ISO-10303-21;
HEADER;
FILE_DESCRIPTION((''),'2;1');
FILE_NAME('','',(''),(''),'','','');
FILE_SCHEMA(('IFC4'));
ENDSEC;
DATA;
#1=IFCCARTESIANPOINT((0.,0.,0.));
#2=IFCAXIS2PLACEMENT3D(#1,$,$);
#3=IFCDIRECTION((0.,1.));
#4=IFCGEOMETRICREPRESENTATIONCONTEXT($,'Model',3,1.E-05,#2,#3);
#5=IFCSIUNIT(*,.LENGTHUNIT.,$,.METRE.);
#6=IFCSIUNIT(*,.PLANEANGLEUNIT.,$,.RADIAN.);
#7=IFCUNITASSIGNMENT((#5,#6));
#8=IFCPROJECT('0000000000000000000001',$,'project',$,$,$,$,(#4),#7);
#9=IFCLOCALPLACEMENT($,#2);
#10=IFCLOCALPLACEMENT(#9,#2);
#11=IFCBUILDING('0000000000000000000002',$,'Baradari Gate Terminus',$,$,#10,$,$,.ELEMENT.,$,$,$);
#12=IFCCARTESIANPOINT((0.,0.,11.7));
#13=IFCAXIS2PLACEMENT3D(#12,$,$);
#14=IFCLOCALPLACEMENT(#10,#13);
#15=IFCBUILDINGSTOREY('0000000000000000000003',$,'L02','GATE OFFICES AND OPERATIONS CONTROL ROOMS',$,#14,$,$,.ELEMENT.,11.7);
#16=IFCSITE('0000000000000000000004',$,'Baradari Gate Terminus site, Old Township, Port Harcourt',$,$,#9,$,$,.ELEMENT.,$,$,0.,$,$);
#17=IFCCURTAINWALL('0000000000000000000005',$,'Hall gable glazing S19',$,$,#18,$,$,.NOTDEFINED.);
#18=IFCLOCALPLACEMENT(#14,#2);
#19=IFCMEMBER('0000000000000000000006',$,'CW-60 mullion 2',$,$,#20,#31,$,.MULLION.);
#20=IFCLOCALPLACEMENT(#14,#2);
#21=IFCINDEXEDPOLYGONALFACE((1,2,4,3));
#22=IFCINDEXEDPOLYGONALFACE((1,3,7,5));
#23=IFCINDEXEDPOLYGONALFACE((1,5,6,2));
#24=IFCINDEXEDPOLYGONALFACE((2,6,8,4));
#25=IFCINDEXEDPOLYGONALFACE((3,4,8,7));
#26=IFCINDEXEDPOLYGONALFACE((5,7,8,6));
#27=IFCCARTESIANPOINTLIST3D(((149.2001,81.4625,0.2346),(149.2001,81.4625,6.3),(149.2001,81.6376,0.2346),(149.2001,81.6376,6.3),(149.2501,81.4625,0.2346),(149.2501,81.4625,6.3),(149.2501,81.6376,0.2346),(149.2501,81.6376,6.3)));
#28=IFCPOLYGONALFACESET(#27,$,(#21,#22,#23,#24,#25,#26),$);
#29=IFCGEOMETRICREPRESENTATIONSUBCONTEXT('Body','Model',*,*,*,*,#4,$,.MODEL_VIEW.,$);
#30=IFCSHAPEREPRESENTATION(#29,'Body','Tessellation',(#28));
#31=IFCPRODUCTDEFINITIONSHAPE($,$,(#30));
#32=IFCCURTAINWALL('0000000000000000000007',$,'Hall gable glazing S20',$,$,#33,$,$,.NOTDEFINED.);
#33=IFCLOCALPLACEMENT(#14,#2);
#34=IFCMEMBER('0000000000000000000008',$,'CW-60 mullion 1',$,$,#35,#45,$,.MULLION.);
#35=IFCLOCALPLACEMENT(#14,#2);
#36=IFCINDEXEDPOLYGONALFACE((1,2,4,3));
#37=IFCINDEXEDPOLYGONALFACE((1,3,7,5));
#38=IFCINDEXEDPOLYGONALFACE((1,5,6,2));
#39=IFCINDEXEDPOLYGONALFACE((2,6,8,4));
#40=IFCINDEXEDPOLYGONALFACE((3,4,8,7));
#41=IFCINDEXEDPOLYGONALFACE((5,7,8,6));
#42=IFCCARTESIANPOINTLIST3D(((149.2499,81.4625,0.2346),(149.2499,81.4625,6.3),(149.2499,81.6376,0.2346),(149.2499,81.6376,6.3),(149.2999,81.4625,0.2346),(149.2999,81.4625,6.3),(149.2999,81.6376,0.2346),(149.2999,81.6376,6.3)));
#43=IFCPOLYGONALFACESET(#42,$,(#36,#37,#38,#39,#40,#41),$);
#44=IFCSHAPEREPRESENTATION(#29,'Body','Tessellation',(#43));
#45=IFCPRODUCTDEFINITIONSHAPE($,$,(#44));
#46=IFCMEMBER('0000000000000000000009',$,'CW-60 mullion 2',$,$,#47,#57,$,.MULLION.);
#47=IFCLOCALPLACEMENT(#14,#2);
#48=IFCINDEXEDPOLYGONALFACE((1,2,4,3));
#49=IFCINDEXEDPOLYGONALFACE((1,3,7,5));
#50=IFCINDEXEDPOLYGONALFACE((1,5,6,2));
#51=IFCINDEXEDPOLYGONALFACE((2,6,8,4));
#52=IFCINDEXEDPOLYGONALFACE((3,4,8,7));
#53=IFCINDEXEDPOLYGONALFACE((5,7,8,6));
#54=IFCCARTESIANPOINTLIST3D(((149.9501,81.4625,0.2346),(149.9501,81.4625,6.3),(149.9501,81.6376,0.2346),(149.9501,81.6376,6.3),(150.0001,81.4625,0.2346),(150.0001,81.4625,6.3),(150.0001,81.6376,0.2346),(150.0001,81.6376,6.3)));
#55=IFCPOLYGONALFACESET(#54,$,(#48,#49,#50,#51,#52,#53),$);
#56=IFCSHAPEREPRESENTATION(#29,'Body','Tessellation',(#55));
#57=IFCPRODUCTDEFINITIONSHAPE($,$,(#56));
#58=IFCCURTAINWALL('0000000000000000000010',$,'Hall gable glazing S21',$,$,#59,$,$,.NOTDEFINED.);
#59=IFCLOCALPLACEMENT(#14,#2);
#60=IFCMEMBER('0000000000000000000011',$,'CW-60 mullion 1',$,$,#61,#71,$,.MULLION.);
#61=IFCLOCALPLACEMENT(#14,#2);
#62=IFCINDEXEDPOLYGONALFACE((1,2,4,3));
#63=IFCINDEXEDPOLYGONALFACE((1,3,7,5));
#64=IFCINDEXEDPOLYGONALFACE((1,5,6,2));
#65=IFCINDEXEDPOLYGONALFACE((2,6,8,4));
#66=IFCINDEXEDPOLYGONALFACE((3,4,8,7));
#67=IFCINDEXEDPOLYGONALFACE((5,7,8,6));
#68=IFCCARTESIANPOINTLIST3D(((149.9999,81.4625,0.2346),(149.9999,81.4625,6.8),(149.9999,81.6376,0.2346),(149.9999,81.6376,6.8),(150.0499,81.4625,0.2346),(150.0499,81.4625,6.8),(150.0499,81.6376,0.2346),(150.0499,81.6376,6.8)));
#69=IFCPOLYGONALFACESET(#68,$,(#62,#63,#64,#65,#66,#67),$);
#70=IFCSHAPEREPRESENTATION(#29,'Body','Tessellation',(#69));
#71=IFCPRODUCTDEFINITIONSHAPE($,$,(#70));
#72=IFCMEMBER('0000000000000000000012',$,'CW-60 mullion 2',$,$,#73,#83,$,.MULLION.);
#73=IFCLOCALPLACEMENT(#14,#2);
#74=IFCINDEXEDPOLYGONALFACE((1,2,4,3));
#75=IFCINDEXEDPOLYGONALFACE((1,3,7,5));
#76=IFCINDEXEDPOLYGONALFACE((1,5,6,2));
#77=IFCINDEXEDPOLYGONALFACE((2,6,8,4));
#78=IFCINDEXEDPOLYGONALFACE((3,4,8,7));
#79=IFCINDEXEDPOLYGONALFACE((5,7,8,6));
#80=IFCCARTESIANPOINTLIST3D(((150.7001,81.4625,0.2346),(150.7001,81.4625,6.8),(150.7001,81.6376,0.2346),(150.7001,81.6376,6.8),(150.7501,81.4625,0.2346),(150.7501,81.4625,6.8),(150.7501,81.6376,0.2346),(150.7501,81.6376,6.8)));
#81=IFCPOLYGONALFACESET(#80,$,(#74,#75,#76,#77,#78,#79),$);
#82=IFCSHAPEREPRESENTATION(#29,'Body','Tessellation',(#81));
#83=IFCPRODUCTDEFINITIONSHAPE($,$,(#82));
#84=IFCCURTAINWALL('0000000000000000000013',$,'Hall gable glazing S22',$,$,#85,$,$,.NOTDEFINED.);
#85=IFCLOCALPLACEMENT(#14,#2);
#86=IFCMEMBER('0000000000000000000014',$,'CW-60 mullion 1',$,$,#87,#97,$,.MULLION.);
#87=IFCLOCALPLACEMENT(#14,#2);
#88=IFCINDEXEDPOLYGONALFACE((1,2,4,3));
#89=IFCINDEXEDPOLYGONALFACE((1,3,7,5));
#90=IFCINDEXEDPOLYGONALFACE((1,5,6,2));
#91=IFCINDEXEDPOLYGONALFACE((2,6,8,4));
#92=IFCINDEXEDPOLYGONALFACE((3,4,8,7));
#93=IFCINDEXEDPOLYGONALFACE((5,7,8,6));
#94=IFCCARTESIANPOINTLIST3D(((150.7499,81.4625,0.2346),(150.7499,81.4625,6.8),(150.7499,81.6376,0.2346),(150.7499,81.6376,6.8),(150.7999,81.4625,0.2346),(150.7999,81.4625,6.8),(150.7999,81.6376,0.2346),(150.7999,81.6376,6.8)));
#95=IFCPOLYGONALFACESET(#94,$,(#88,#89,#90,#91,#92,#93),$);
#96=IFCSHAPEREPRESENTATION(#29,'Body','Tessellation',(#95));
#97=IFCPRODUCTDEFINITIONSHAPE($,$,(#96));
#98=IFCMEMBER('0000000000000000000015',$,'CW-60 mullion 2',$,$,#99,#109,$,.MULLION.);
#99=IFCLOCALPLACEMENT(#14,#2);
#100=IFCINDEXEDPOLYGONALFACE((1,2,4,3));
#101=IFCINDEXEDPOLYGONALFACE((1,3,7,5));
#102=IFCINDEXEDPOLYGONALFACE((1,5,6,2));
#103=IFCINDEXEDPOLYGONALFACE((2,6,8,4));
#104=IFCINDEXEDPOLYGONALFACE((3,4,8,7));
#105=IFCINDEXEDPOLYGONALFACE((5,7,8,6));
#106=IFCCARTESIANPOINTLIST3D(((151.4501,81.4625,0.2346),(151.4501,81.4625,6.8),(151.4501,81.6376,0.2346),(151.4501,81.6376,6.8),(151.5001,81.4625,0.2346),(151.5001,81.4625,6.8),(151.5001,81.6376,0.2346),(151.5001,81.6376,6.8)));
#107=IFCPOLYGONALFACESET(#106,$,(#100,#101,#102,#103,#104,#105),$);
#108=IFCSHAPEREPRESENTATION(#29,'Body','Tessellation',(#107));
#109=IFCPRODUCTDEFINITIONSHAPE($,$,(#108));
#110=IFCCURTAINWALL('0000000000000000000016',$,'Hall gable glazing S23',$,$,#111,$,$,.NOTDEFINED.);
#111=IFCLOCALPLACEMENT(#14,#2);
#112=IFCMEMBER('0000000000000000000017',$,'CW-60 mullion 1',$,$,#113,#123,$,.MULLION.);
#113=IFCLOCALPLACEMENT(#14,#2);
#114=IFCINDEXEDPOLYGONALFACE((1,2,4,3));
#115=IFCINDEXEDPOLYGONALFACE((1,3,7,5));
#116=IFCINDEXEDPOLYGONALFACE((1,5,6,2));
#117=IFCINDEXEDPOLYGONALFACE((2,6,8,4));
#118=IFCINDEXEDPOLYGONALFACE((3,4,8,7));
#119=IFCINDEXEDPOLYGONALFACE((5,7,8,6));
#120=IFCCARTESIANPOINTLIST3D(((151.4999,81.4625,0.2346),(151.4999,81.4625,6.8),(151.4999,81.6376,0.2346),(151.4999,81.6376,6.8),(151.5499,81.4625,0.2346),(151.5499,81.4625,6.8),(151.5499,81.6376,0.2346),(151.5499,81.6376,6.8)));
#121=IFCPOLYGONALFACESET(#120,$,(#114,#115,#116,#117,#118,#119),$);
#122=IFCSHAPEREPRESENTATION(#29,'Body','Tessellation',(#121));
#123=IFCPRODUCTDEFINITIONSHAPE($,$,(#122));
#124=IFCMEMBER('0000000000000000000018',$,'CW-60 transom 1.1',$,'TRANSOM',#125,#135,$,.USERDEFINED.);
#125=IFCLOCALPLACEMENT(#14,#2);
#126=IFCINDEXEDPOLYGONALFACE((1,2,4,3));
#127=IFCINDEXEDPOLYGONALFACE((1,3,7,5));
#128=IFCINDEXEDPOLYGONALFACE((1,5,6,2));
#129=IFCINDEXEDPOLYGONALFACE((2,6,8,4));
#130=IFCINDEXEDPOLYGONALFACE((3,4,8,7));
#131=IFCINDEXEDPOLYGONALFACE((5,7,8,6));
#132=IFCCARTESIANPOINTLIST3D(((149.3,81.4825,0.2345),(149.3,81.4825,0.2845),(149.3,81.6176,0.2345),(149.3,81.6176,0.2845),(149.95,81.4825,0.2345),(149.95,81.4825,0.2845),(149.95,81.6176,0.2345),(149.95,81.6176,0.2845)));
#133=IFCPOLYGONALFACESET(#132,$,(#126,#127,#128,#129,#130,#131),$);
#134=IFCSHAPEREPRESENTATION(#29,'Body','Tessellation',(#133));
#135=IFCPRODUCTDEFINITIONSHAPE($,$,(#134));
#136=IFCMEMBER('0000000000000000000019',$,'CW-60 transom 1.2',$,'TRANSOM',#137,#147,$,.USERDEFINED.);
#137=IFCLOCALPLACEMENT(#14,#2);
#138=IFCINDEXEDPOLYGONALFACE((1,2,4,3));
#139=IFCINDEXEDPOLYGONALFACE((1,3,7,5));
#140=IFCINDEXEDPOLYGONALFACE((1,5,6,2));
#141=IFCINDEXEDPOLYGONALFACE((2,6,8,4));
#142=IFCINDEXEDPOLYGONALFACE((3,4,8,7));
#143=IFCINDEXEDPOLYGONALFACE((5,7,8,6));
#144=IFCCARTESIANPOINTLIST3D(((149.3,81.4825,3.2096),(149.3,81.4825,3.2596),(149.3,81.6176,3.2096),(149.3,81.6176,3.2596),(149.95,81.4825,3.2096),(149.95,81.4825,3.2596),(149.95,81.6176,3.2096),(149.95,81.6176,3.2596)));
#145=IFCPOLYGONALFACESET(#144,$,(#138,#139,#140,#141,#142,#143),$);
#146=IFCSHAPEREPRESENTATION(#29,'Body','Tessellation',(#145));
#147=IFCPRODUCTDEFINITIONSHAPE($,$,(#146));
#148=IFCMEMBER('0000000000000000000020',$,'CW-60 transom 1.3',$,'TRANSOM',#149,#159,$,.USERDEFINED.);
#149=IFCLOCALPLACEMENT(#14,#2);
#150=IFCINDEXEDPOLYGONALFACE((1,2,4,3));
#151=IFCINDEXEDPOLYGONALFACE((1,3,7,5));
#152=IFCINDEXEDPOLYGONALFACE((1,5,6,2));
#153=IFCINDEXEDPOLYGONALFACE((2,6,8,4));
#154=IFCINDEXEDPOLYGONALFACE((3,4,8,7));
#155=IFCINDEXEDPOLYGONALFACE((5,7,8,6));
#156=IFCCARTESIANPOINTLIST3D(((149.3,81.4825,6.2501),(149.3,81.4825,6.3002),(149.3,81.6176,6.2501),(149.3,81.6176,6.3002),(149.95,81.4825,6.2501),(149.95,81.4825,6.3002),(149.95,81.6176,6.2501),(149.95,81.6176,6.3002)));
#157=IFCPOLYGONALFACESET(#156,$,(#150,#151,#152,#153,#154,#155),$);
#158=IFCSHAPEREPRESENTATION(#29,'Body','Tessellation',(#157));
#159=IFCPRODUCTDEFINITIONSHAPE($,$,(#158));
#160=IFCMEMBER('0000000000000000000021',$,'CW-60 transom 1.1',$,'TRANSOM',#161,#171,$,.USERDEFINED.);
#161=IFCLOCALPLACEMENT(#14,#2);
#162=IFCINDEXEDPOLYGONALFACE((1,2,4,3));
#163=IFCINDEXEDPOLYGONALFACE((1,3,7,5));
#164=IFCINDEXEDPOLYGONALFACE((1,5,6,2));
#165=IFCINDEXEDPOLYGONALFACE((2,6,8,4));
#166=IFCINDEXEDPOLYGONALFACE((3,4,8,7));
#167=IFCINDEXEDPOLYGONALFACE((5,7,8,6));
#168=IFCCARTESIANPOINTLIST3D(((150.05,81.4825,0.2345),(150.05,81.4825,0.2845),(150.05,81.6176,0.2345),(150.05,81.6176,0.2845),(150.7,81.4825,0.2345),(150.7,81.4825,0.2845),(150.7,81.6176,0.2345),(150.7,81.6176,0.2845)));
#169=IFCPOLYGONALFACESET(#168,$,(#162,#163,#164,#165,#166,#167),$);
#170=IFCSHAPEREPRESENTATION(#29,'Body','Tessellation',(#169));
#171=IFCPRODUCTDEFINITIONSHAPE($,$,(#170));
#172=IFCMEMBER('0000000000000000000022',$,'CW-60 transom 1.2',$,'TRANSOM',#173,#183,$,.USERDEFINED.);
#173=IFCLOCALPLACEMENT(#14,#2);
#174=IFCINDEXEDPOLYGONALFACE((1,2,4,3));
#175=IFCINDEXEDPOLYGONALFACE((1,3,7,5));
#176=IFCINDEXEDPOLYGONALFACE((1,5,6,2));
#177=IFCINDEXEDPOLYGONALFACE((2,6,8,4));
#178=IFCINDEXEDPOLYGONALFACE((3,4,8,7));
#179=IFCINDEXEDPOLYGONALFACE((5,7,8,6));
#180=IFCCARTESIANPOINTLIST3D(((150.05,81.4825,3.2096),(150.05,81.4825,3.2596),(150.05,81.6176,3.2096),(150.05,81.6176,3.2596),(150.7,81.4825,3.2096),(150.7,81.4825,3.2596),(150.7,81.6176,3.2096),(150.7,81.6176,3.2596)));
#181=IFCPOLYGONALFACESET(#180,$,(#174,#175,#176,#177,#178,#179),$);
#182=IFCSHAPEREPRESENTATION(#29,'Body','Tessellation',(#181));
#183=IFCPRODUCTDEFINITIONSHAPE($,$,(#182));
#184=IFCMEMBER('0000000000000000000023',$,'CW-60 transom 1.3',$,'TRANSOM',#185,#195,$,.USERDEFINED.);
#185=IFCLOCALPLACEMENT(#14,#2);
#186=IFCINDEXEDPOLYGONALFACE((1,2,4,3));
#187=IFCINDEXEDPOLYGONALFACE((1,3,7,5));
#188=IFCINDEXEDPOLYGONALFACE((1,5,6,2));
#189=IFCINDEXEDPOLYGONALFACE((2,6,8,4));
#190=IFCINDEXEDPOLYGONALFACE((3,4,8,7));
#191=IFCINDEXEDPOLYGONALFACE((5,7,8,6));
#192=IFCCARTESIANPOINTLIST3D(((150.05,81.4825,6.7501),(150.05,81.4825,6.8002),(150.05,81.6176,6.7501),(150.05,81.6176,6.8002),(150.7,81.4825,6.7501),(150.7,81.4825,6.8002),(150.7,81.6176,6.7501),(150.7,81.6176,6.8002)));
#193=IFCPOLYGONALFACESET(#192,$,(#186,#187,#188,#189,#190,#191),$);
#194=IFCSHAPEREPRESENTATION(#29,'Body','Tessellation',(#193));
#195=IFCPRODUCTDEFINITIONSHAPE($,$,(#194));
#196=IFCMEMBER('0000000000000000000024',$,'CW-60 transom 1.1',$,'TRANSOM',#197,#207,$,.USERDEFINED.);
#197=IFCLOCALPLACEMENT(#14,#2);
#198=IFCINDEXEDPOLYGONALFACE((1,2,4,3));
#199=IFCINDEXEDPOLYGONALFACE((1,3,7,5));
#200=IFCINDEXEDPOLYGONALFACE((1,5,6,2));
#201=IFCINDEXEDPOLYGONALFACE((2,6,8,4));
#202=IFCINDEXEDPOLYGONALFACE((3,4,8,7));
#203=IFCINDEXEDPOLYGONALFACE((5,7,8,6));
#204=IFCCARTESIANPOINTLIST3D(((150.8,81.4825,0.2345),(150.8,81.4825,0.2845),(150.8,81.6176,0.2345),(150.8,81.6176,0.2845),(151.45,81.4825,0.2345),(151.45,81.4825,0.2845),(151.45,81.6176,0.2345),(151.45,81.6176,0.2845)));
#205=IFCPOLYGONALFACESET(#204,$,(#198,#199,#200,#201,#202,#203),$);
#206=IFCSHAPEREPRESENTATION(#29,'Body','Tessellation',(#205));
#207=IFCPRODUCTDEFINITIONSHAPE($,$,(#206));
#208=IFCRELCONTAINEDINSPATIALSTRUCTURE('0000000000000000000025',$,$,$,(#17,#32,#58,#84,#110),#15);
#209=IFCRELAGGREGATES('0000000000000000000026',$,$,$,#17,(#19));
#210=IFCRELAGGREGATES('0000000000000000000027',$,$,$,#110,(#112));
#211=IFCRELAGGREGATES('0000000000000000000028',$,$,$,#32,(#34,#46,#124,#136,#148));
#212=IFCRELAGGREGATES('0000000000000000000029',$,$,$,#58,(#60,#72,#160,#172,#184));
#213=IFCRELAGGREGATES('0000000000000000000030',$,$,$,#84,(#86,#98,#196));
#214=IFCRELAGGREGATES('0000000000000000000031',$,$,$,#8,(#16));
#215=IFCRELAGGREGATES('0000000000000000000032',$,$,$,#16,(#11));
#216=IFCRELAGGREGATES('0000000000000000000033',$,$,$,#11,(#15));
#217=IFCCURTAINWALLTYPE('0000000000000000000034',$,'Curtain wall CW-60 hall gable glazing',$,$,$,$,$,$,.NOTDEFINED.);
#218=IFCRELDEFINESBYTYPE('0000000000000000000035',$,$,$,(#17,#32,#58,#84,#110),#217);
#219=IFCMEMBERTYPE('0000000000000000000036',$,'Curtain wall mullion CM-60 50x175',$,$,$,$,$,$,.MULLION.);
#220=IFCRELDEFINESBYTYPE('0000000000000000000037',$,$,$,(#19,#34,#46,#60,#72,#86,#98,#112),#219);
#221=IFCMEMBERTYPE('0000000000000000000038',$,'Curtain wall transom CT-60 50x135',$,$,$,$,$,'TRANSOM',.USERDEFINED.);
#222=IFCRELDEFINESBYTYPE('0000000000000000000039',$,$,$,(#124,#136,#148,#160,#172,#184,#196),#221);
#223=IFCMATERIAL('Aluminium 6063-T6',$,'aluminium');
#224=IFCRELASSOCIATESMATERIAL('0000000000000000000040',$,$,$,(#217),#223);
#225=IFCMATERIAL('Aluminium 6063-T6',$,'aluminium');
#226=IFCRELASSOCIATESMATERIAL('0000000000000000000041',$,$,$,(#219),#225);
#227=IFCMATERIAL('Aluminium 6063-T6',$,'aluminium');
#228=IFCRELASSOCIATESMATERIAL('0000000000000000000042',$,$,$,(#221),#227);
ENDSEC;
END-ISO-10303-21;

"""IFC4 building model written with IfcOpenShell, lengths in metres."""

from ifc_helpers import new_model, si_unit, direction, frame, origin, origin_2d, place, context, subcontext, project, spatial, rectangle, extrude, material, material_profile, profile_set, type_object, element, aggregate, save


model = new_model("IFC4")

# Units and contexts
model_context = context("Model", 3, precision=1e-05, world=origin(), true_north=direction((0.0, 1.0)))
body_context = subcontext(model_context, "Body", "Model", "MODEL_VIEW")
ifc_project = project(units=[si_unit("LENGTHUNIT", "METRE"), si_unit("PLANEANGLEUNIT", "RADIAN")], contexts=[model_context])

# Site, building, storey
site_placement = place(None, origin())
site = spatial("IfcSite", under=ifc_project, at=site_placement, Name="Baradari Gate Terminus site, Old Township, Port Harcourt", CompositionType="ELEMENT", RefElevation=0.0)
building_placement = place(site_placement, origin())
building = spatial("IfcBuilding", under=site, at=building_placement, Name="Baradari Gate Terminus", CompositionType="ELEMENT")
storey_placement = place(building_placement, frame((0.0, 0.0, 11.7)))
storey = spatial("IfcBuildingStorey", under=building, at=storey_placement, Name="L02", Description="GATE OFFICES AND OPERATIONS CONTROL ROOMS", CompositionType="ELEMENT", Elevation=11.7)

# Curtain wall, member
ifc_material_1 = material(Name="Aluminium 6063-T6", Category="aluminium")
curtain_wall_type = type_object("IfcCurtainWallType", Name="Curtain wall CW-60 hall gable glazing", PredefinedType="NOTDEFINED", material=ifc_material_1)
curtain_wall_1_placement = place(storey_placement, origin())
curtain_wall_1 = element("IfcCurtainWall", 1, at=curtain_wall_1_placement, inside=storey, type_object=curtain_wall_type, Name="Hall gable glazing S19", PredefinedType="NOTDEFINED")
ifc_material_2 = material(Name="Aluminium 6063-T6", Category="aluminium")
ifc_material_profile_1 = material_profile(ifc_material_2, rectangle(XDim=0.175, YDim=0.05, at=origin_2d()), Name="CM-60 50X175")
ifc_profile_set_1 = profile_set([ifc_material_profile_1], Name="Aluminium 6063-T6")
member_type_1 = type_object("IfcMemberType", Name="Curtain wall mullion CM-60 50x175", PredefinedType="MULLION", material=ifc_profile_set_1)
member_1_placement = place(storey_placement, frame((149.2251, 81.55, 0.2346), z_axis=(0.0, 0.0, 1.0), x_axis=(0.0, 1.0, 0.0)))
member_1 = element("IfcMember", 2, at=member_1_placement, type_object=member_type_1, Name="CW-60 mullion 2", PredefinedType="MULLION", context=body_context, shape_type="SweptSolid", body=[
    extrude(rectangle(XDim=0.175, YDim=0.05, at=origin_2d()), origin(), (0.0, 0.0, 1.0), 6.0654),
])
aggregate(curtain_wall_1, [member_1])

# Curtain walls, members
curtain_wall_2_placement = place(storey_placement, origin())
curtain_wall_2 = element("IfcCurtainWall", 3, at=curtain_wall_2_placement, inside=storey, type_object=curtain_wall_type, Name="Hall gable glazing S20", PredefinedType="NOTDEFINED")
member_2_placement = place(storey_placement, frame((149.2749, 81.55, 0.2346), z_axis=(0.0, 0.0, 1.0), x_axis=(0.0, 1.0, 0.0)))
member_2 = element("IfcMember", 4, at=member_2_placement, type_object=member_type_1, Name="CW-60 mullion 1", PredefinedType="MULLION", context=body_context, shape_type="SweptSolid", body=[
    extrude(rectangle(XDim=0.175, YDim=0.05, at=origin_2d()), origin(), (0.0, 0.0, 1.0), 6.0654),
])
member_3_placement = place(storey_placement, frame((149.9751, 81.55, 0.2346), z_axis=(0.0, 0.0, 1.0), x_axis=(0.0, 1.0, 0.0)))
member_3 = element("IfcMember", 5, at=member_3_placement, type_object=member_type_1, Name="CW-60 mullion 2", PredefinedType="MULLION", context=body_context, shape_type="SweptSolid", body=[
    extrude(rectangle(XDim=0.175, YDim=0.05, at=origin_2d()), origin(), (0.0, 0.0, 1.0), 6.0654),
])
curtain_wall_3_placement = place(storey_placement, origin())
curtain_wall_3 = element("IfcCurtainWall", 6, at=curtain_wall_3_placement, inside=storey, type_object=curtain_wall_type, Name="Hall gable glazing S21", PredefinedType="NOTDEFINED")
member_4_placement = place(storey_placement, frame((150.0249, 81.55, 0.2346), z_axis=(0.0, 0.0, 1.0), x_axis=(0.0, 1.0, 0.0)))
member_4 = element("IfcMember", 7, at=member_4_placement, type_object=member_type_1, Name="CW-60 mullion 1", PredefinedType="MULLION", context=body_context, shape_type="SweptSolid", body=[
    extrude(rectangle(XDim=0.175, YDim=0.05, at=origin_2d()), origin(), (0.0, 0.0, 1.0), 6.5654),
])
member_5_placement = place(storey_placement, frame((150.7251, 81.55, 0.2346), z_axis=(0.0, 0.0, 1.0), x_axis=(0.0, 1.0, 0.0)))
member_5 = element("IfcMember", 8, at=member_5_placement, type_object=member_type_1, Name="CW-60 mullion 2", PredefinedType="MULLION", context=body_context, shape_type="SweptSolid", body=[
    extrude(rectangle(XDim=0.175, YDim=0.05, at=origin_2d()), origin(), (0.0, 0.0, 1.0), 6.5654),
])
curtain_wall_4_placement = place(storey_placement, origin())
curtain_wall_4 = element("IfcCurtainWall", 9, at=curtain_wall_4_placement, inside=storey, type_object=curtain_wall_type, Name="Hall gable glazing S22", PredefinedType="NOTDEFINED")
member_6_placement = place(storey_placement, frame((150.7749, 81.55, 0.2346), z_axis=(0.0, 0.0, 1.0), x_axis=(0.0, 1.0, 0.0)))
member_6 = element("IfcMember", 10, at=member_6_placement, type_object=member_type_1, Name="CW-60 mullion 1", PredefinedType="MULLION", context=body_context, shape_type="SweptSolid", body=[
    extrude(rectangle(XDim=0.175, YDim=0.05, at=origin_2d()), origin(), (0.0, 0.0, 1.0), 6.5654),
])
member_7_placement = place(storey_placement, frame((151.4751, 81.55, 0.2346), z_axis=(0.0, 0.0, 1.0), x_axis=(0.0, 1.0, 0.0)))
member_7 = element("IfcMember", 11, at=member_7_placement, type_object=member_type_1, Name="CW-60 mullion 2", PredefinedType="MULLION", context=body_context, shape_type="SweptSolid", body=[
    extrude(rectangle(XDim=0.175, YDim=0.05, at=origin_2d()), origin(), (0.0, 0.0, 1.0), 6.5654),
])

# Curtain wall, member
curtain_wall_5_placement = place(storey_placement, origin())
curtain_wall_5 = element("IfcCurtainWall", 12, at=curtain_wall_5_placement, inside=storey, type_object=curtain_wall_type, Name="Hall gable glazing S23", PredefinedType="NOTDEFINED")
member_8_placement = place(storey_placement, frame((151.5249, 81.55, 0.2346), z_axis=(0.0, 0.0, 1.0), x_axis=(0.0, 1.0, 0.0)))
member_8 = element("IfcMember", 13, at=member_8_placement, type_object=member_type_1, Name="CW-60 mullion 1", PredefinedType="MULLION", context=body_context, shape_type="SweptSolid", body=[
    extrude(rectangle(XDim=0.175, YDim=0.05, at=origin_2d()), origin(), (0.0, 0.0, 1.0), 6.5654),
])

# Members
ifc_material_3 = material(Name="Aluminium 6063-T6", Category="aluminium")
ifc_material_profile_2 = material_profile(ifc_material_3, rectangle(XDim=0.135, YDim=0.05, at=origin_2d()), Name="CT-60 50X135")
ifc_profile_set_2 = profile_set([ifc_material_profile_2], Name="Aluminium 6063-T6")
member_type_2 = type_object("IfcMemberType", Name="Curtain wall transom CT-60 50x135", ElementType="TRANSOM", PredefinedType="USERDEFINED", material=ifc_profile_set_2)
member_9_placement = place(storey_placement, frame((149.3, 81.55, 0.2595), z_axis=(1.0, 0.0, 0.0), x_axis=(0.0, 1.0, 0.0)))
member_9 = element("IfcMember", 14, at=member_9_placement, type_object=member_type_2, Name="CW-60 transom 1.1", ObjectType="TRANSOM", PredefinedType="USERDEFINED", context=body_context, shape_type="SweptSolid", body=[
    extrude(rectangle(XDim=0.135, YDim=0.05, at=origin_2d()), origin(), (0.0, 0.0, 1.0), 0.6499),
])
member_10_placement = place(storey_placement, frame((149.3, 81.55, 3.2346), z_axis=(1.0, 0.0, 0.0), x_axis=(0.0, 1.0, 0.0)))
member_10 = element("IfcMember", 15, at=member_10_placement, type_object=member_type_2, Name="CW-60 transom 1.2", ObjectType="TRANSOM", PredefinedType="USERDEFINED", context=body_context, shape_type="SweptSolid", body=[
    extrude(rectangle(XDim=0.135, YDim=0.05, at=origin_2d()), origin(), (0.0, 0.0, 1.0), 0.6499),
])
member_11_placement = place(storey_placement, frame((149.3, 81.55, 6.2751), z_axis=(1.0, 0.0, 0.0), x_axis=(0.0, 1.0, 0.0)))
member_11 = element("IfcMember", 16, at=member_11_placement, type_object=member_type_2, Name="CW-60 transom 1.3", ObjectType="TRANSOM", PredefinedType="USERDEFINED", context=body_context, shape_type="SweptSolid", body=[
    extrude(rectangle(XDim=0.135, YDim=0.05, at=origin_2d()), origin(), (0.0, 0.0, 1.0), 0.6499),
])
member_12_placement = place(storey_placement, frame((150.05, 81.55, 0.2595), z_axis=(1.0, 0.0, 0.0), x_axis=(0.0, 1.0, 0.0)))
member_12 = element("IfcMember", 17, at=member_12_placement, type_object=member_type_2, Name="CW-60 transom 1.1", ObjectType="TRANSOM", PredefinedType="USERDEFINED", context=body_context, shape_type="SweptSolid", body=[
    extrude(rectangle(XDim=0.135, YDim=0.05, at=origin_2d()), origin(), (0.0, 0.0, 1.0), 0.6499),
])
member_13_placement = place(storey_placement, frame((150.05, 81.55, 3.2346), z_axis=(1.0, 0.0, 0.0), x_axis=(0.0, 1.0, 0.0)))
member_13 = element("IfcMember", 18, at=member_13_placement, type_object=member_type_2, Name="CW-60 transom 1.2", ObjectType="TRANSOM", PredefinedType="USERDEFINED", context=body_context, shape_type="SweptSolid", body=[
    extrude(rectangle(XDim=0.135, YDim=0.05, at=origin_2d()), origin(), (0.0, 0.0, 1.0), 0.6499),
])
member_14_placement = place(storey_placement, frame((150.05, 81.55, 6.7751), z_axis=(1.0, 0.0, 0.0), x_axis=(0.0, 1.0, 0.0)))
member_14 = element("IfcMember", 19, at=member_14_placement, type_object=member_type_2, Name="CW-60 transom 1.3", ObjectType="TRANSOM", PredefinedType="USERDEFINED", context=body_context, shape_type="SweptSolid", body=[
    extrude(rectangle(XDim=0.135, YDim=0.05, at=origin_2d()), origin(), (0.0, 0.0, 1.0), 0.6499),
])
member_15_placement = place(storey_placement, frame((150.8, 81.55, 0.2595), z_axis=(1.0, 0.0, 0.0), x_axis=(0.0, 1.0, 0.0)))
member_15 = element("IfcMember", 20, at=member_15_placement, type_object=member_type_2, Name="CW-60 transom 1.1", ObjectType="TRANSOM", PredefinedType="USERDEFINED", context=body_context, shape_type="SweptSolid", body=[
    extrude(rectangle(XDim=0.135, YDim=0.05, at=origin_2d()), origin(), (0.0, 0.0, 1.0), 0.6499),
])
aggregate(curtain_wall_5, [member_8])

aggregate(curtain_wall_2, [member_2, member_3, member_9, member_10, member_11])
aggregate(curtain_wall_3, [member_4, member_5, member_12, member_13, member_14])
aggregate(curtain_wall_4, [member_6, member_7, member_15])

save(model, "model.ifc")
